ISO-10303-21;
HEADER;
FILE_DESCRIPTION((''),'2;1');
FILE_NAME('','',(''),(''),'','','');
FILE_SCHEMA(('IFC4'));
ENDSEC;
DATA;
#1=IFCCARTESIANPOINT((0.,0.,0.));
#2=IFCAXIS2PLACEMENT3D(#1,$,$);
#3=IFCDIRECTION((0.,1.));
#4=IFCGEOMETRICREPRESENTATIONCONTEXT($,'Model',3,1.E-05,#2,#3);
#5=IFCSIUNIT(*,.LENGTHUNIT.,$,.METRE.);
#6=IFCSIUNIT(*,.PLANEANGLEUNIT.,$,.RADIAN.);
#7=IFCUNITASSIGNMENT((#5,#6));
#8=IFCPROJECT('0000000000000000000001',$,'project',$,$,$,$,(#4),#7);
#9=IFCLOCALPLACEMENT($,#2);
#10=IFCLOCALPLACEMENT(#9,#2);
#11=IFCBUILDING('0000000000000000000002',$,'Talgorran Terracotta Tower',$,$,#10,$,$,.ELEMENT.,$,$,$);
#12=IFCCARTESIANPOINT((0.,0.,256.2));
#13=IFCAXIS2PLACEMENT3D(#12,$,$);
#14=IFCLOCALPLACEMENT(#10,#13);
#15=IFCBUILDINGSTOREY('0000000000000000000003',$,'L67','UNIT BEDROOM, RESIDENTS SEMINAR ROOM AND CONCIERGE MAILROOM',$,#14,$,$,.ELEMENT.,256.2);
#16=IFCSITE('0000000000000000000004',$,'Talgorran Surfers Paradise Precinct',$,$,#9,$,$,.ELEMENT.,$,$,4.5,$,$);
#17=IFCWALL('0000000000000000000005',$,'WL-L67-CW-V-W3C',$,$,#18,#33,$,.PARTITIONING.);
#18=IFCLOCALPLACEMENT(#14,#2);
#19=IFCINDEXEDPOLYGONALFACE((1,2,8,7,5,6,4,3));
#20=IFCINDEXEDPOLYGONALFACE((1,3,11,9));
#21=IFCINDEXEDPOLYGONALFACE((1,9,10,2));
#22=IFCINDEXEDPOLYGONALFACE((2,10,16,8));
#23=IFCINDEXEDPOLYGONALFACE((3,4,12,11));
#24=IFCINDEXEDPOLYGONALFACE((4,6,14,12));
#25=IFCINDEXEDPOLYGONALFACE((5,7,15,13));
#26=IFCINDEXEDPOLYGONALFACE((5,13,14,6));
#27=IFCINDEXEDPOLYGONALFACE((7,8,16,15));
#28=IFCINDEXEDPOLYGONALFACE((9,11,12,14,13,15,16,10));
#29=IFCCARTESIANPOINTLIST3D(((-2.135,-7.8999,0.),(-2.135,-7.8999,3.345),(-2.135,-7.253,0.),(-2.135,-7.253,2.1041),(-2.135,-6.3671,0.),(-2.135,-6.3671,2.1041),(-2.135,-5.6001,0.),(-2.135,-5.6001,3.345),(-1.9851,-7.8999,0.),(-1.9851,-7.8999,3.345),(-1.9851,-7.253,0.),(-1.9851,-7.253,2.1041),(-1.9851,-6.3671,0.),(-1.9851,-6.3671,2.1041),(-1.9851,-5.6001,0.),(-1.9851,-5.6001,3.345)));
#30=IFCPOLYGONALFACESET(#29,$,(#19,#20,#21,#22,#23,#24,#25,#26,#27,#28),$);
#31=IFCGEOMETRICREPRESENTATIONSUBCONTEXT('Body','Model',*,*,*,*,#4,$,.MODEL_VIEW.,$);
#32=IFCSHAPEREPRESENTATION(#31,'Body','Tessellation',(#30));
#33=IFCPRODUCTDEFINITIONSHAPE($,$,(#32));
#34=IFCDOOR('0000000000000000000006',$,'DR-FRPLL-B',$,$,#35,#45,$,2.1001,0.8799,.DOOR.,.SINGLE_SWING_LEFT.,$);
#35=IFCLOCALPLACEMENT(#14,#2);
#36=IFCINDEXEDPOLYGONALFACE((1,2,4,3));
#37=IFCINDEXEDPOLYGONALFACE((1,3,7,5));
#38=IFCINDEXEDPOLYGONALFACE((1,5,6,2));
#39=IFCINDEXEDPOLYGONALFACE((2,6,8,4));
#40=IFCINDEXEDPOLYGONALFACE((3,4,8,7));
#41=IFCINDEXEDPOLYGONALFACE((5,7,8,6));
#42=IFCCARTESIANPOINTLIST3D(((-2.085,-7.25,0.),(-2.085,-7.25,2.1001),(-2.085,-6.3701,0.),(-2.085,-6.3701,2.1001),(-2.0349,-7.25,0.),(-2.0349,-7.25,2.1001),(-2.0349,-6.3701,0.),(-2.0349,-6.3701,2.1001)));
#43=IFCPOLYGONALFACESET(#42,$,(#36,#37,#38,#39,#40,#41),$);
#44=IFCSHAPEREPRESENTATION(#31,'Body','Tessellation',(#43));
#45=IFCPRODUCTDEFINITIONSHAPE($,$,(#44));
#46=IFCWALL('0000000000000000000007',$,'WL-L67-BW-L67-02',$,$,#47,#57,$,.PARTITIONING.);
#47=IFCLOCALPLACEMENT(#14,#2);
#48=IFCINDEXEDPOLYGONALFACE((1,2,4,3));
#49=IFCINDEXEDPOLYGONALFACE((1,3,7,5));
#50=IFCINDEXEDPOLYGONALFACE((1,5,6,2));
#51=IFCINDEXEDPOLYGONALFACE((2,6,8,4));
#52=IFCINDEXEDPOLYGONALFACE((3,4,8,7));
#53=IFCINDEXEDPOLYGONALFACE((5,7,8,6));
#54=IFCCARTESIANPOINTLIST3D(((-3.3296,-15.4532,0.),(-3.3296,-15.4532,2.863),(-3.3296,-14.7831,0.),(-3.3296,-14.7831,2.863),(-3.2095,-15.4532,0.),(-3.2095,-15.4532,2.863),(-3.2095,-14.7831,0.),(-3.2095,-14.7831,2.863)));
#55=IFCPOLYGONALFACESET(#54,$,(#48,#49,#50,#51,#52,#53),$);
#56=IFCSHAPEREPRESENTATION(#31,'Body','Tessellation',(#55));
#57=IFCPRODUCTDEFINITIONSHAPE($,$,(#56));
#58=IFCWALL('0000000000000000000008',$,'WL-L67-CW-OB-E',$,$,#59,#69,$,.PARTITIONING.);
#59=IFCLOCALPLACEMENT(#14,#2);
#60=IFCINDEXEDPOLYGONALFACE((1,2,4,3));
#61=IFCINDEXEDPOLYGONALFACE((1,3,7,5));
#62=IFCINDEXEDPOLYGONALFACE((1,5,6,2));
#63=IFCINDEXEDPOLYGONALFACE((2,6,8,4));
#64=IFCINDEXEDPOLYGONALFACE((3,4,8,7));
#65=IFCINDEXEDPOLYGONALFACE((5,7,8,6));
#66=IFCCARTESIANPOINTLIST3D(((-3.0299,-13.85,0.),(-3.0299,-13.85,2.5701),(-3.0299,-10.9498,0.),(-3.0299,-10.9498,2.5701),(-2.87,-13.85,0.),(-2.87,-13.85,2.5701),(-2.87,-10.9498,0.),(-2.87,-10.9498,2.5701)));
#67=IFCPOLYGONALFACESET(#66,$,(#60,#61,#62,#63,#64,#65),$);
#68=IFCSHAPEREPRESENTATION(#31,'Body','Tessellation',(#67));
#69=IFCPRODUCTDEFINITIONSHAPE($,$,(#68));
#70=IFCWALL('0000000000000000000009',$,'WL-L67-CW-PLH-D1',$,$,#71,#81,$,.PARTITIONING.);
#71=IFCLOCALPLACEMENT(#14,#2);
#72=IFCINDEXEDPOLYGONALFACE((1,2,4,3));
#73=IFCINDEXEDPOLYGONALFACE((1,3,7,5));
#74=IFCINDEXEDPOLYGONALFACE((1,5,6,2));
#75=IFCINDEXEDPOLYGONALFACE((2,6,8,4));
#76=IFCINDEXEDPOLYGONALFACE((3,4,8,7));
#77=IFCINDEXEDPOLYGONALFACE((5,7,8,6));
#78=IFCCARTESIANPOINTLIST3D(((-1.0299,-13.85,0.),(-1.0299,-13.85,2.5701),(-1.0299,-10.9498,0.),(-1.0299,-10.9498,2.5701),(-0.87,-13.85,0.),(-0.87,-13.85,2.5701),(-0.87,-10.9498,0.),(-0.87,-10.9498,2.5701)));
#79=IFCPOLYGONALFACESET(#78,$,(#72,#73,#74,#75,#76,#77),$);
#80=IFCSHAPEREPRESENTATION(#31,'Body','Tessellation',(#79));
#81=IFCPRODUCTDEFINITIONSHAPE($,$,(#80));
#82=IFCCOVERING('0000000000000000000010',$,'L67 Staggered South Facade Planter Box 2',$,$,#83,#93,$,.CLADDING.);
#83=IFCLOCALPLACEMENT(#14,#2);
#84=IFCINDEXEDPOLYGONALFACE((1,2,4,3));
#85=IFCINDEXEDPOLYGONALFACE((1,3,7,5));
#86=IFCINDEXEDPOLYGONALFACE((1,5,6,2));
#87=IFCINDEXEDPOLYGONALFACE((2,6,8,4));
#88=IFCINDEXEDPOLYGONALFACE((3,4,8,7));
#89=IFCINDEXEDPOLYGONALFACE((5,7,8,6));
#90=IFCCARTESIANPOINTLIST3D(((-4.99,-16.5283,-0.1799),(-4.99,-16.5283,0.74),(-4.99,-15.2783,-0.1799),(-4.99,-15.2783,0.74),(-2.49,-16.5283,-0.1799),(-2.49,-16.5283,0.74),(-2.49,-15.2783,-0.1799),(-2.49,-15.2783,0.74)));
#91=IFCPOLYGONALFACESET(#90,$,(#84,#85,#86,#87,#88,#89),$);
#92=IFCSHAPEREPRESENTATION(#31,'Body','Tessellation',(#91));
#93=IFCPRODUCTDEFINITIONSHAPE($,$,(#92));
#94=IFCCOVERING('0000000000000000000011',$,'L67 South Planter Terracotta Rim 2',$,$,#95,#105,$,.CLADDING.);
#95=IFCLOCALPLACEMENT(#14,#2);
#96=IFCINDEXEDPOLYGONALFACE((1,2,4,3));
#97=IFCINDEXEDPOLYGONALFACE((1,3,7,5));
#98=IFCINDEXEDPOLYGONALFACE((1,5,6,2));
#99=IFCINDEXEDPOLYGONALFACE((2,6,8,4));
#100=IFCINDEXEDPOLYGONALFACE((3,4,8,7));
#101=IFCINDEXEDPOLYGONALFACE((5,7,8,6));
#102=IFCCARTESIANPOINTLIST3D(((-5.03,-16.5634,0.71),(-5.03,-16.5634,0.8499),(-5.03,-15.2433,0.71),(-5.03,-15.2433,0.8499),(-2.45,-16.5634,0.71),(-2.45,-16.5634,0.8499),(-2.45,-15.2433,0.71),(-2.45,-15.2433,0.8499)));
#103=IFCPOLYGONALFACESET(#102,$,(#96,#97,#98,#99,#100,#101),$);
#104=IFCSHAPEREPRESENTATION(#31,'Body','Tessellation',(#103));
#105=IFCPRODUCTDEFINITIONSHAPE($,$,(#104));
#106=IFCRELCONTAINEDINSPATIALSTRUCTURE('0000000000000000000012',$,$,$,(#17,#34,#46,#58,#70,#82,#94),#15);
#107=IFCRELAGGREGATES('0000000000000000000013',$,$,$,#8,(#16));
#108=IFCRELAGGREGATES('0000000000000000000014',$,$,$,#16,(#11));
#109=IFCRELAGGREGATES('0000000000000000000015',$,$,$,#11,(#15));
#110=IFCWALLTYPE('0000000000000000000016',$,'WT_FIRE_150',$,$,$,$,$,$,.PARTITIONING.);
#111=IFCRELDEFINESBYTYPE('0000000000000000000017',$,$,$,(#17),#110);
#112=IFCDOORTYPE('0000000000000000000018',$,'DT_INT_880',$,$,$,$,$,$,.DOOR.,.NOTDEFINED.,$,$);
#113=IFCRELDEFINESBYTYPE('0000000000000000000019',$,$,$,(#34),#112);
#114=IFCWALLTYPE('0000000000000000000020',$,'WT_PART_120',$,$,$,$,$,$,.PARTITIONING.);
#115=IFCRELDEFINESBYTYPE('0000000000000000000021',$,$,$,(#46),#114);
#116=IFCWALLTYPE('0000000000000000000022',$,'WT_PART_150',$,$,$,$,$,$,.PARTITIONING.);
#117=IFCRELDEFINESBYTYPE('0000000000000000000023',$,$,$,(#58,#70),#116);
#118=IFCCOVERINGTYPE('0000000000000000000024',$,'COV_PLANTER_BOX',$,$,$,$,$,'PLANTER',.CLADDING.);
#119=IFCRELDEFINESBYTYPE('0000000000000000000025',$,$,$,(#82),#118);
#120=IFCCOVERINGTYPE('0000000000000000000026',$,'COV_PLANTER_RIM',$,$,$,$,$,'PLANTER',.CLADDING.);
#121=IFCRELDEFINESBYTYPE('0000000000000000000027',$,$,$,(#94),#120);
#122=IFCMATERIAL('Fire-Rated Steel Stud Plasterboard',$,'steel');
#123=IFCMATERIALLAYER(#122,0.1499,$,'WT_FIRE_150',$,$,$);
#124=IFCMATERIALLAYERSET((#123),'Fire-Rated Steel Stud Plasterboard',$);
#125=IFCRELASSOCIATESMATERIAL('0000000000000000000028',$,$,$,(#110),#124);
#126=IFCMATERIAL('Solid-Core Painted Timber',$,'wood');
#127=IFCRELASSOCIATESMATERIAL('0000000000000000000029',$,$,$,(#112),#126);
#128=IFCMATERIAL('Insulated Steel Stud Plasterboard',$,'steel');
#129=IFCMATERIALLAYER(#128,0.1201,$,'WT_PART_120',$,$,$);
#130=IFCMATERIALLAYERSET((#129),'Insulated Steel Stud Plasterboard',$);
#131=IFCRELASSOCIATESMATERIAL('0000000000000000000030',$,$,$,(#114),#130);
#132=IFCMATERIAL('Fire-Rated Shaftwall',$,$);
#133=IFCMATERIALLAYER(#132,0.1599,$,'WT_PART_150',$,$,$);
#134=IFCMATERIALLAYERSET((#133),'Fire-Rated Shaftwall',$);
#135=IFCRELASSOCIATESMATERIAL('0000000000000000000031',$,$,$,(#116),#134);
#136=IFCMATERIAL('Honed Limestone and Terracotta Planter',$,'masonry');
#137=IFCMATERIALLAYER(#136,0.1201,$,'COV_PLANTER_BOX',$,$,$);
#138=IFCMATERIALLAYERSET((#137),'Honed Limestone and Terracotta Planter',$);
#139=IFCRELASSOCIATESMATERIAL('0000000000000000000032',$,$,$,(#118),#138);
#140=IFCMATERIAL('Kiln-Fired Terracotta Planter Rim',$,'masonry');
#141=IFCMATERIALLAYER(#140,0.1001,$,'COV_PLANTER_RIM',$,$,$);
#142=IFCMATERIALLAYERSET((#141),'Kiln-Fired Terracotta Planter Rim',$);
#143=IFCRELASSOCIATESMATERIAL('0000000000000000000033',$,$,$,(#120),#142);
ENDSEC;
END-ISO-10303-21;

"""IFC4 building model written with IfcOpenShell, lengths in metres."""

from ifc_helpers import new_model, si_unit, direction, frame, frame_2d, origin, origin_2d, place, context, subcontext, project, spatial, rectangle, extrude, material, layer, layer_set, type_object, element, fill, save


model = new_model("IFC4")

# Units and contexts
model_context = context("Model", 3, precision=1e-05, world=origin(), true_north=direction((0.0, 1.0)))
body_context = subcontext(model_context, "Body", "Model", "MODEL_VIEW")
ifc_project = project(units=[si_unit("LENGTHUNIT", "METRE"), si_unit("PLANEANGLEUNIT", "RADIAN")], contexts=[model_context])

# Site, building, storey
site_placement = place(None, origin())
site = spatial("IfcSite", under=ifc_project, at=site_placement, Name="Talgorran Surfers Paradise Precinct", CompositionType="ELEMENT", RefElevation=4.5)
building_placement = place(site_placement, origin())
building = spatial("IfcBuilding", under=site, at=building_placement, Name="Talgorran Terracotta Tower", CompositionType="ELEMENT")
storey_placement = place(building_placement, frame((0.0, 0.0, 256.2)))
storey = spatial("IfcBuildingStorey", under=building, at=storey_placement, Name="L67", Description="UNIT BEDROOM, RESIDENTS SEMINAR ROOM AND CONCIERGE MAILROOM", CompositionType="ELEMENT", Elevation=256.2)

# Shared definitions
ifc_material_1 = material(Name="Fire-Rated Steel Stud Plasterboard", Category="steel")
ifc_layer_1 = layer(ifc_material_1, 0.1499, Name="WT_FIRE_150")
ifc_layer_set_1 = layer_set([ifc_layer_1], Name="Fire-Rated Steel Stud Plasterboard")
wall_type_1 = type_object("IfcWallType", Name="WT_FIRE_150", PredefinedType="PARTITIONING", material=ifc_layer_set_1)

# Wall, opening, door
wall_1_placement = place(storey_placement, frame((-2.0601, -7.8999, 0.0), z_axis=(0.0, 0.0, 1.0), x_axis=(0.0, 1.0, 0.0)))
wall_1 = element("IfcWall", 1, at=wall_1_placement, inside=storey, type_object=wall_type_1, Name="WL-L67-CW-V-W3C", PredefinedType="PARTITIONING", context=body_context, shape_type="SweptSolid", body=[
    extrude(rectangle(XDim=2.2998, YDim=0.1499, at=frame_2d((1.1499, 0.0))), origin(), (0.0, 0.0, 1.0), 3.345),
])
opening_1_placement = place(wall_1_placement, frame((0.6499, 0.0, 0.0)))
opening_1 = element("IfcOpeningElement", 2, at=opening_1_placement, cuts=wall_1, PredefinedType="OPENING", context=body_context, shape_type="SweptSolid", body=[
    extrude(rectangle(XDim=0.8859, YDim=2.1041, at=frame_2d((0.4399, 1.052))), frame((0.0, 0.085, 0.0), z_axis=(0.0, -1.0, 0.0), x_axis=(1.0, 0.0, 0.0)), (0.0, 0.0, 1.0), 0.1699),
])
ifc_material_2 = material(Name="Solid-Core Painted Timber", Category="wood")
door_type_1 = type_object("IfcDoorType", Name="DT_INT_880", OperationType="NOTDEFINED", PredefinedType="DOOR", material=ifc_material_2)
door_1_placement = place(opening_1_placement, origin())
door_1 = element("IfcDoor", 3, at=door_1_placement, inside=storey, type_object=door_type_1, Name="DR-FRPLL-B", OperationType="SINGLE_SWING_LEFT", OverallHeight=2.1001, OverallWidth=0.8799, PredefinedType="DOOR", context=body_context, shape_type="SweptSolid", body=[
    extrude(rectangle(XDim=0.8799, YDim=2.1001, at=frame_2d((0.4399, 1.05))), frame((0.0, 0.0249, 0.0), z_axis=(0.0, -1.0, 0.0), x_axis=(1.0, 0.0, 0.0)), (0.0, 0.0, 1.0), 0.05),
])
fill(opening_1, door_1)

# Walls
ifc_material_3 = material(Name="Insulated Steel Stud Plasterboard", Category="steel")
ifc_layer_2 = layer(ifc_material_3, 0.1201, Name="WT_PART_120")
ifc_layer_set_2 = layer_set([ifc_layer_2], Name="Insulated Steel Stud Plasterboard")
wall_type_2 = type_object("IfcWallType", Name="WT_PART_120", PredefinedType="PARTITIONING", material=ifc_layer_set_2)
wall_2_placement = place(storey_placement, frame((-3.2695, -14.7832, 0.0), z_axis=(0.0, 0.0, 1.0), x_axis=(0.0, -1.0, 0.0)))
element("IfcWall", 4, at=wall_2_placement, inside=storey, type_object=wall_type_2, Name="WL-L67-BW-L67-02", PredefinedType="PARTITIONING", context=body_context, shape_type="SweptSolid", body=[
    extrude(rectangle(XDim=0.6702, YDim=0.1201, at=frame_2d((0.335, 0.0))), origin(), (0.0, 0.0, 1.0), 2.863),
])
ifc_material_4 = material(Name="Fire-Rated Shaftwall")
ifc_layer_3 = layer(ifc_material_4, 0.1599, Name="WT_PART_150")
ifc_layer_set_3 = layer_set([ifc_layer_3], Name="Fire-Rated Shaftwall")
wall_type_3 = type_object("IfcWallType", Name="WT_PART_150", PredefinedType="PARTITIONING", material=ifc_layer_set_3)
for number, where, z_axis, x_axis, name in (
    (5, (-2.95, -13.8501, 0.0), (0.0, 0.0, 1.0), (0.0, 1.0, 0.0), "WL-L67-CW-OB-E"),
    (6, (-0.95, -13.8501, 0.0), (0.0, 0.0, 1.0), (0.0, 1.0, 0.0), "WL-L67-CW-PLH-D1"),
):
    element("IfcWall", number, at=place(storey_placement, frame(where, z_axis=z_axis, x_axis=x_axis)), inside=storey, type_object=wall_type_3, Name=name, PredefinedType="PARTITIONING", context=body_context, shape_type="SweptSolid", body=[
        extrude(rectangle(XDim=2.9001, YDim=0.1599, at=frame_2d((1.4502, 0.0))), origin(), (0.0, 0.0, 1.0), 2.5701),
    ])

# Coverings
ifc_material_5 = material(Name="Honed Limestone and Terracotta Planter", Category="masonry")
ifc_layer_4 = layer(ifc_material_5, 0.1201, Name="COV_PLANTER_BOX")
ifc_layer_set_4 = layer_set([ifc_layer_4], Name="Honed Limestone and Terracotta Planter")
covering_type_1 = type_object("IfcCoveringType", Name="COV_PLANTER_BOX", ElementType="PLANTER", PredefinedType="CLADDING", material=ifc_layer_set_4)
covering_1_placement = place(storey_placement, frame((-3.74, -15.9033, -0.1799), z_axis=(0.0, 0.0, 1.0), x_axis=(1.0, 0.0, 0.0)))
element("IfcCovering", 7, at=covering_1_placement, inside=storey, type_object=covering_type_1, Name="L67 Staggered South Facade Planter Box 2", PredefinedType="CLADDING", context=body_context, shape_type="SweptSolid", body=[
    extrude(rectangle(XDim=2.5, YDim=1.25, at=origin_2d()), origin(), (0.0, 0.0, 1.0), 0.9199),
])
ifc_material_6 = material(Name="Kiln-Fired Terracotta Planter Rim", Category="masonry")
ifc_layer_5 = layer(ifc_material_6, 0.1001, Name="COV_PLANTER_RIM")
ifc_layer_set_5 = layer_set([ifc_layer_5], Name="Kiln-Fired Terracotta Planter Rim")
covering_type_2 = type_object("IfcCoveringType", Name="COV_PLANTER_RIM", ElementType="PLANTER", PredefinedType="CLADDING", material=ifc_layer_set_5)
covering_2_placement = place(storey_placement, frame((-3.74, -15.9033, 0.71), z_axis=(0.0, 0.0, 1.0), x_axis=(1.0, 0.0, 0.0)))
element("IfcCovering", 8, at=covering_2_placement, inside=storey, type_object=covering_type_2, Name="L67 South Planter Terracotta Rim 2", PredefinedType="CLADDING", context=body_context, shape_type="SweptSolid", body=[
    extrude(rectangle(XDim=2.5801, YDim=1.3201, at=origin_2d()), origin(), (0.0, 0.0, 1.0), 0.1399),
])

save(model, "model.ifc")
